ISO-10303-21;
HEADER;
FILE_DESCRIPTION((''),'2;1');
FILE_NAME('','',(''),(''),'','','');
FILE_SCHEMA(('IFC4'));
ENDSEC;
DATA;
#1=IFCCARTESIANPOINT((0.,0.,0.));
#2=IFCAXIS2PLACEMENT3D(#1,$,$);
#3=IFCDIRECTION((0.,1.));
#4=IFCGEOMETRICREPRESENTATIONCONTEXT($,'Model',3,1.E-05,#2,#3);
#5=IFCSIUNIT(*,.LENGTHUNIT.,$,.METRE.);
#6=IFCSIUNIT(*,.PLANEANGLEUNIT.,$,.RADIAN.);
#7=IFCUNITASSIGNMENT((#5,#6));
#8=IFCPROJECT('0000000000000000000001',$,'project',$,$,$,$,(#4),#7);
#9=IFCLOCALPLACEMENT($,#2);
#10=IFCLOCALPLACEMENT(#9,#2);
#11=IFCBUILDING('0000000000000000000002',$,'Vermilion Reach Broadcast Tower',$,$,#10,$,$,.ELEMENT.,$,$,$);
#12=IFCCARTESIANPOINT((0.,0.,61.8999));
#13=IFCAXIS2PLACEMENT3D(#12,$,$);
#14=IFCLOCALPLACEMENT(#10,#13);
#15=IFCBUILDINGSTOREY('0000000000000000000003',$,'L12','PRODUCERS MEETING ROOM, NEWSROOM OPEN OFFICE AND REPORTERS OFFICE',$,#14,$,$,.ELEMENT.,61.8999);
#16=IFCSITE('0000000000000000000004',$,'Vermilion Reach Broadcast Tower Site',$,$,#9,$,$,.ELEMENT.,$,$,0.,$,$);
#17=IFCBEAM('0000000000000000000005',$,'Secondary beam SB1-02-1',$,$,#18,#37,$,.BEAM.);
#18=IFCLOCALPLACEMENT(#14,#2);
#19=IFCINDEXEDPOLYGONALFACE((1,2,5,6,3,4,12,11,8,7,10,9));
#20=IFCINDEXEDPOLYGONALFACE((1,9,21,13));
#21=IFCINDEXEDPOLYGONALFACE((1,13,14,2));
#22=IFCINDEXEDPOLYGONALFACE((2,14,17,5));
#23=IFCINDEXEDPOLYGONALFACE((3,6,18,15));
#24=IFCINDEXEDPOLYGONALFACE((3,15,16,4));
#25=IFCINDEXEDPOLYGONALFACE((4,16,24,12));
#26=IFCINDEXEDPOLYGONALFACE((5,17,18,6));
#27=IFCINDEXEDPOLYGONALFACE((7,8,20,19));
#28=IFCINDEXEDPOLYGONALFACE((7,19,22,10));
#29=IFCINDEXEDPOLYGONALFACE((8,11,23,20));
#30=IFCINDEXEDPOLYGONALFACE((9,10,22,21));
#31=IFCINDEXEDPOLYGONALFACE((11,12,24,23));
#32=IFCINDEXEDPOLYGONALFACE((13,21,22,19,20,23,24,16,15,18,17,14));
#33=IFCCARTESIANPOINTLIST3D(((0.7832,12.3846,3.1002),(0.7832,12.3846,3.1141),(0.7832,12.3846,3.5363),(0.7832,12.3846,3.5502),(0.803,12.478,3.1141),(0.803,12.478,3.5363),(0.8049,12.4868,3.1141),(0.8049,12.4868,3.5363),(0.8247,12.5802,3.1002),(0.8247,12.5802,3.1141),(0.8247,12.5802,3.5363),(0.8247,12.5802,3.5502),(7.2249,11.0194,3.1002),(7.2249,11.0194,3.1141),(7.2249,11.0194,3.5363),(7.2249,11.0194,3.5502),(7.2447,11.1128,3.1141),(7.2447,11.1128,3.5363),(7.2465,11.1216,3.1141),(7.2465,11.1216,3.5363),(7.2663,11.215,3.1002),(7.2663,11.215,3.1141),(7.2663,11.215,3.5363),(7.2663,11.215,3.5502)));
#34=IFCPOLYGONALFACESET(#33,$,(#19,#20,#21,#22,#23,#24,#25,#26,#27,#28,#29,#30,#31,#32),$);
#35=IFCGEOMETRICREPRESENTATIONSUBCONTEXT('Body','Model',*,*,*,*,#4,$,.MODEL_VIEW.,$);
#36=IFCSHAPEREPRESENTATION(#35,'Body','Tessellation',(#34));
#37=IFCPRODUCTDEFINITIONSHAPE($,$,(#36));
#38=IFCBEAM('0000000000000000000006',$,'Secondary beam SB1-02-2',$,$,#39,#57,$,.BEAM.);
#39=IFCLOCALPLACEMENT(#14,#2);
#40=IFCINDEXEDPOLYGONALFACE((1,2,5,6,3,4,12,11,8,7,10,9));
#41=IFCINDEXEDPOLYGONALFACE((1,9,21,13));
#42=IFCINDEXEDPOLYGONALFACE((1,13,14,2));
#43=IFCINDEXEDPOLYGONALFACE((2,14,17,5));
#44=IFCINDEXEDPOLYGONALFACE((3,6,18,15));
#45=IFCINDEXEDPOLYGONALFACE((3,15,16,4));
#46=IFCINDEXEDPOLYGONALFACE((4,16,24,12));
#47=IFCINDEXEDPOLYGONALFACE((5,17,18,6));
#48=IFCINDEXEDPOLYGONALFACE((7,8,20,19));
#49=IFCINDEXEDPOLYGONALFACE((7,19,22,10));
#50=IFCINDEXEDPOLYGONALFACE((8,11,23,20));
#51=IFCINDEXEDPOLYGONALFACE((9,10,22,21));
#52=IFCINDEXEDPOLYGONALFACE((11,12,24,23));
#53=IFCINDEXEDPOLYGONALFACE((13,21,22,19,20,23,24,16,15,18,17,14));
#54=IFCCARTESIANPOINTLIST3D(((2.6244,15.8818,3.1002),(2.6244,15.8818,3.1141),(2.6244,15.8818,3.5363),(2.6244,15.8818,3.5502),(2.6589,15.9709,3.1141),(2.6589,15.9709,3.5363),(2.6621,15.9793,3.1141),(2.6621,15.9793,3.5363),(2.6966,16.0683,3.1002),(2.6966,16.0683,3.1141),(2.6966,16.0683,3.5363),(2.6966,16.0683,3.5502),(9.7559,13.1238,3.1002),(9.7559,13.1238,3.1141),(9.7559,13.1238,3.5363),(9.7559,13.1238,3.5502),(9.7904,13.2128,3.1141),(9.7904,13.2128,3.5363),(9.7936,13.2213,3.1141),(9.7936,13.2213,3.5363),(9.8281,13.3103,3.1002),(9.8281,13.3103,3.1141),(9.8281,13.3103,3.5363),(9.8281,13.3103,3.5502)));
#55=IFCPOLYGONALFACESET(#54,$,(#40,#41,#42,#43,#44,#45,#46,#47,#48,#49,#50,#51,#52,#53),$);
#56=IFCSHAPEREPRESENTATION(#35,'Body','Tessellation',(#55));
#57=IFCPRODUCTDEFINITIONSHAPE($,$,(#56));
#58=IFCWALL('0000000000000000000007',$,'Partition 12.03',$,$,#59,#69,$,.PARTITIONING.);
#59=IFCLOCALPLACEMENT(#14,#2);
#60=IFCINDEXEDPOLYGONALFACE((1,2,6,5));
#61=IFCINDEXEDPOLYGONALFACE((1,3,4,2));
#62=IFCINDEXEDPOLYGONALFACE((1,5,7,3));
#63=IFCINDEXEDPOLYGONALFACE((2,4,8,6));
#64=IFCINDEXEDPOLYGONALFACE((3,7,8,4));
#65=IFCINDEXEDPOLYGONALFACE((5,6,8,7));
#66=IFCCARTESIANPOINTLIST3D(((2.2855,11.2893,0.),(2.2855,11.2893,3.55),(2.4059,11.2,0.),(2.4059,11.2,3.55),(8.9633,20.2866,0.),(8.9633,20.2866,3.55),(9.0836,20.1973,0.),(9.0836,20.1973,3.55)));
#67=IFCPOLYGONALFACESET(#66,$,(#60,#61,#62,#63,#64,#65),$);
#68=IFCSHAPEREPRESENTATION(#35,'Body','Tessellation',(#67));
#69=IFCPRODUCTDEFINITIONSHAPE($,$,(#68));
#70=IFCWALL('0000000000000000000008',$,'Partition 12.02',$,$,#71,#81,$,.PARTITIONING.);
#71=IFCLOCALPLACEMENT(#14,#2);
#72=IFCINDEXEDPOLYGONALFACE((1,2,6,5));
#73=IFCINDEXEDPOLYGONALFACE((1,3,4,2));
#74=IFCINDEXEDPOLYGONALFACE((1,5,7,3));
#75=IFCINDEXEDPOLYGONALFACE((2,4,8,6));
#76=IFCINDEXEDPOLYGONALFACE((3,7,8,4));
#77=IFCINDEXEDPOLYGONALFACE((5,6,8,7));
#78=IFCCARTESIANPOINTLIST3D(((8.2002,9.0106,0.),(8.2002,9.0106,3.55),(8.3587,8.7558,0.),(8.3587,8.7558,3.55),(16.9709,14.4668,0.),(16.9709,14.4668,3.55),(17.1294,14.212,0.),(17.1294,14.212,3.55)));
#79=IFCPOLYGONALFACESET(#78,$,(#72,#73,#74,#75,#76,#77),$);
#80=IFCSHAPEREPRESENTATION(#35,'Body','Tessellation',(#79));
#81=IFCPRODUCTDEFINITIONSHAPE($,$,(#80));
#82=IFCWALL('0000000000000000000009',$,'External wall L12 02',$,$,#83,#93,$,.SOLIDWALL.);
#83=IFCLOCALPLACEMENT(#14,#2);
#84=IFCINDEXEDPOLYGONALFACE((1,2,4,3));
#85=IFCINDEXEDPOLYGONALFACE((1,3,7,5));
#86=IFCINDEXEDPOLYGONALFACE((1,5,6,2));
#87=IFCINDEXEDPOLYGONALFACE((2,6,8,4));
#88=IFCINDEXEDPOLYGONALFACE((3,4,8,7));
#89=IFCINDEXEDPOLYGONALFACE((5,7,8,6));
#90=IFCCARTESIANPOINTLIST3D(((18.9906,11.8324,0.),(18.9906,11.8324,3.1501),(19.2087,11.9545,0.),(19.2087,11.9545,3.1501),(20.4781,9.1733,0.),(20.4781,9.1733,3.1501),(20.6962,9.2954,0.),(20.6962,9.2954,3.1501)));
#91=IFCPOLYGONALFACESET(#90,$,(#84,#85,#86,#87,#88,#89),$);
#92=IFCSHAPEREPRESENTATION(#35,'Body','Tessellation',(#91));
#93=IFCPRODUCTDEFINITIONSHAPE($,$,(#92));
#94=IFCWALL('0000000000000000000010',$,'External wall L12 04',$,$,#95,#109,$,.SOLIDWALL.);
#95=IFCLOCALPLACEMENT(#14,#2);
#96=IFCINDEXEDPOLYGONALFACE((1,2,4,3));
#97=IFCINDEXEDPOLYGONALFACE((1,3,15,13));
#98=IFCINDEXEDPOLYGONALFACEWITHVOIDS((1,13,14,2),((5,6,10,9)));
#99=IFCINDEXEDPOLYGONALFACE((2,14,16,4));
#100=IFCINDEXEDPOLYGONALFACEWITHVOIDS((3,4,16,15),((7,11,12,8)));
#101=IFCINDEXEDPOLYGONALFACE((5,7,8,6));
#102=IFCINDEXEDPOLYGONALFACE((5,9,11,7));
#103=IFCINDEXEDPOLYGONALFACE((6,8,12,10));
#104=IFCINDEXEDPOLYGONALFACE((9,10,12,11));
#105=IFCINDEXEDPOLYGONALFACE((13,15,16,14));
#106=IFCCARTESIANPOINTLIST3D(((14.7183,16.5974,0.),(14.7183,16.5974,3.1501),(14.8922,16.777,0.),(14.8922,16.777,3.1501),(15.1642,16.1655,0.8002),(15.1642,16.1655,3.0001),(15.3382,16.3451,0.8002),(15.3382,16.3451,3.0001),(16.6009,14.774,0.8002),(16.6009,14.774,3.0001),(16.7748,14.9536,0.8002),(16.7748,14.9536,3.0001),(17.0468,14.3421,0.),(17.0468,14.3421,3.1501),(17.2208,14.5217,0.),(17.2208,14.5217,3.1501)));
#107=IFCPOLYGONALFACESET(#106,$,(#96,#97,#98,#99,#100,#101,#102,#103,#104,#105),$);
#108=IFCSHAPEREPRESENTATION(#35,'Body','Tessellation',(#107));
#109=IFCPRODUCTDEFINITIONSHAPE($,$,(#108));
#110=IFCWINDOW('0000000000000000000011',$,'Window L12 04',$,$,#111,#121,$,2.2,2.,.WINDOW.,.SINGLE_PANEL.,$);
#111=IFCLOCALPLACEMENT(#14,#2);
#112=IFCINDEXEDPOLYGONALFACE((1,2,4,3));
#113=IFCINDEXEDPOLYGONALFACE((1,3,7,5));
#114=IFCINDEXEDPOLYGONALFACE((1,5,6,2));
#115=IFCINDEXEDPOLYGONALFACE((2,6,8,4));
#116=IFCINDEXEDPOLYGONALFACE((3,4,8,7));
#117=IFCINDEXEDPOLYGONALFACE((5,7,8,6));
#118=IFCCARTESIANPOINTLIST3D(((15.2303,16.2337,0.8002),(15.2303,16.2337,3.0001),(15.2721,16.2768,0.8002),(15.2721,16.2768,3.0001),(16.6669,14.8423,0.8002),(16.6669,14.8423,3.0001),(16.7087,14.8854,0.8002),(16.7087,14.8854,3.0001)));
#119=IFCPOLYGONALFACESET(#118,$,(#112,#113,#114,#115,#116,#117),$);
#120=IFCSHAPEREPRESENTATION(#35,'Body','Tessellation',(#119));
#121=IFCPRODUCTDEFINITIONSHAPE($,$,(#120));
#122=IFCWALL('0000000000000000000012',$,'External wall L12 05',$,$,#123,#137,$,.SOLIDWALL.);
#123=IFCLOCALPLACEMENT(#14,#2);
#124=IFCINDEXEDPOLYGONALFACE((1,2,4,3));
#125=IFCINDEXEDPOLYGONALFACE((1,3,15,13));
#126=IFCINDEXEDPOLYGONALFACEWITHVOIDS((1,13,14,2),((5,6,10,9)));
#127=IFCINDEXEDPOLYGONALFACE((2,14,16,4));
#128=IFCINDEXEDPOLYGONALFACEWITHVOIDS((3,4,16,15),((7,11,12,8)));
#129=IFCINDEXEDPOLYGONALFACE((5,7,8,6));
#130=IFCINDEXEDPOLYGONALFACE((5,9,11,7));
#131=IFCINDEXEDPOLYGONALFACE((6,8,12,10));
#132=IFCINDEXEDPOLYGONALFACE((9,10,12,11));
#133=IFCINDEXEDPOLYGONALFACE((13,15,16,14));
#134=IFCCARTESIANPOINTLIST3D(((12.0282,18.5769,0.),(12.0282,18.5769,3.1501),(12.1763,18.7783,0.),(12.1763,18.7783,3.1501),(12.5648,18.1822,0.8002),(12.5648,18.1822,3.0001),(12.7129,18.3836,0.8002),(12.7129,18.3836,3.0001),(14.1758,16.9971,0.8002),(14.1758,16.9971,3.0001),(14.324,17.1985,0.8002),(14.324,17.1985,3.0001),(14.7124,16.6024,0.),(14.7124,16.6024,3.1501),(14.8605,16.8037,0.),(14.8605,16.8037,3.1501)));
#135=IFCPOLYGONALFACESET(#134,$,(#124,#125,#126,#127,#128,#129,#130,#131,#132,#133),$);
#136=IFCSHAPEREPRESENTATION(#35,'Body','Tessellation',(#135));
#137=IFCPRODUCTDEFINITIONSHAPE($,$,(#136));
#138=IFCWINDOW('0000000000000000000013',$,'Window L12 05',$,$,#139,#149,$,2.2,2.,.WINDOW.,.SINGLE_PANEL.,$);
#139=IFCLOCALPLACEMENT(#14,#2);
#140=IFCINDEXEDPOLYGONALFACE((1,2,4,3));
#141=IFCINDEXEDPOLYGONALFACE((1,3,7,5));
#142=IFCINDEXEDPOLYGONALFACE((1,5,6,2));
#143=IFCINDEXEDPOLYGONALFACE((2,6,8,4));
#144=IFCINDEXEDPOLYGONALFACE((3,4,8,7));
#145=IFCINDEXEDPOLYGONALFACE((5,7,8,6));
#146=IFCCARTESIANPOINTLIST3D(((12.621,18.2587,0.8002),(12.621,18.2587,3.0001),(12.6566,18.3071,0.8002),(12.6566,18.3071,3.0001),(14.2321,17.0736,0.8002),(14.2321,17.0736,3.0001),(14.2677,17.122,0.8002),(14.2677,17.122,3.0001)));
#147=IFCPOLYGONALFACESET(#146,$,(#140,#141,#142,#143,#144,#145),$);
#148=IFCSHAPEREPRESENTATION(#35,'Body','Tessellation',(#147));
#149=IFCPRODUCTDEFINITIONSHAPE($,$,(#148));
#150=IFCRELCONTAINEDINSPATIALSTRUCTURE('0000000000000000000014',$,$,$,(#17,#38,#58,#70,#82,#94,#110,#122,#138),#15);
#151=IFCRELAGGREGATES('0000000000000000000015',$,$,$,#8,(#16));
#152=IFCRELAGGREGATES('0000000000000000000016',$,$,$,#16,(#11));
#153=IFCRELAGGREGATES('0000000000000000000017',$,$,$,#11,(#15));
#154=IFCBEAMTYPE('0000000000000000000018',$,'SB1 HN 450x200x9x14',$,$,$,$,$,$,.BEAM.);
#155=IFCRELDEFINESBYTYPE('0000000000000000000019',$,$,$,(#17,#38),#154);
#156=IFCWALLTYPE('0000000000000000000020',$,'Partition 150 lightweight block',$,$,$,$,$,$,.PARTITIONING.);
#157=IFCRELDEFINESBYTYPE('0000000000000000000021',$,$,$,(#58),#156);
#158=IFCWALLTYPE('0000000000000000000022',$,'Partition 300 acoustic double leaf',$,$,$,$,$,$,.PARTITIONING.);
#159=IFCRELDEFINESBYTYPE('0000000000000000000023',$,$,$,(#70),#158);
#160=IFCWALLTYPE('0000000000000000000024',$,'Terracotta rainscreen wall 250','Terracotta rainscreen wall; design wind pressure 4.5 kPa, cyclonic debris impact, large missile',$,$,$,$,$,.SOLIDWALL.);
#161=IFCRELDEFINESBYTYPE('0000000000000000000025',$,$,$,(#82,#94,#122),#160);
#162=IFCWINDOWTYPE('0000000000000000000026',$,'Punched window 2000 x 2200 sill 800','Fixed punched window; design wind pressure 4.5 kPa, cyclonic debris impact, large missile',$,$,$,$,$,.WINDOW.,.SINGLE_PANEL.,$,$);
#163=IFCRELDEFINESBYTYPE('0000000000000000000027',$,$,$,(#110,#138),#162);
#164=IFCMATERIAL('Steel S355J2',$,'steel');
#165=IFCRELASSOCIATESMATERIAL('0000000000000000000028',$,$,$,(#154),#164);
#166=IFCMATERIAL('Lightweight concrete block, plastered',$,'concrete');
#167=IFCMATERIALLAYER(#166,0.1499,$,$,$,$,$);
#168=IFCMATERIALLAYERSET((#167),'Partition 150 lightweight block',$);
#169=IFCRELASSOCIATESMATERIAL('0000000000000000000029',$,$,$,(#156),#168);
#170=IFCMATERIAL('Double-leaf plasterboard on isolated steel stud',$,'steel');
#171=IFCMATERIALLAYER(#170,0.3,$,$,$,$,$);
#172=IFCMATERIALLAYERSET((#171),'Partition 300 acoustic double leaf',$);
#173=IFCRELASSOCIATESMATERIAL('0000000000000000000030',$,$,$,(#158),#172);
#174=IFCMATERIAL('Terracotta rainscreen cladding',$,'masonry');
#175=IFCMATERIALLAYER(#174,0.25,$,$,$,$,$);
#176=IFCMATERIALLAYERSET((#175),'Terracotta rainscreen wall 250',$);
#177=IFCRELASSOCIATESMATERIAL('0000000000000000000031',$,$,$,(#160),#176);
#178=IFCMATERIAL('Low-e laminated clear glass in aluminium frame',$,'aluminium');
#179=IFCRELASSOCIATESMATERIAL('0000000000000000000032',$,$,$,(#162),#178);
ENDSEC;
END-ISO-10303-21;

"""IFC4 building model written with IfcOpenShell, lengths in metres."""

from ifc_helpers import new_model, si_unit, direction, frame, frame_2d, origin, origin_2d, place, context, subcontext, project, spatial, rectangle, i_section, extrude, material, layer, layer_set, material_profile, profile_set, type_object, element, fill, save


model = new_model("IFC4")

# Units and contexts
model_context = context("Model", 3, precision=1e-05, world=origin(), true_north=direction((0.0, 1.0)))
body_context = subcontext(model_context, "Body", "Model", "MODEL_VIEW")
ifc_project = project(units=[si_unit("LENGTHUNIT", "METRE"), si_unit("PLANEANGLEUNIT", "RADIAN")], contexts=[model_context])

# Site, building, storey
site_placement = place(None, origin())
site = spatial("IfcSite", under=ifc_project, at=site_placement, Name="Vermilion Reach Broadcast Tower Site", CompositionType="ELEMENT", RefElevation=0.0)
building_placement = place(site_placement, origin())
building = spatial("IfcBuilding", under=site, at=building_placement, Name="Vermilion Reach Broadcast Tower", CompositionType="ELEMENT")
storey_placement = place(building_placement, frame((0.0, 0.0, 61.8999)))
storey = spatial("IfcBuildingStorey", under=building, at=storey_placement, Name="L12", Description="PRODUCERS MEETING ROOM, NEWSROOM OPEN OFFICE AND REPORTERS OFFICE", CompositionType="ELEMENT", Elevation=61.8999)

# Beams
ifc_material_1 = material(Name="Steel S355J2", Category="steel")
ifc_material_profile_1 = material_profile(ifc_material_1, i_section(OverallWidth=0.2, OverallDepth=0.45, WebThickness=0.009, FlangeThickness=0.0139, at=origin_2d()), Name="S355J2 HN 450x200x9x14")
ifc_profile_set_1 = profile_set([ifc_material_profile_1], Name="Steel S355J2")
beam_type_1 = type_object("IfcBeamType", Name="SB1 HN 450x200x9x14", PredefinedType="BEAM", material=ifc_profile_set_1)
beam_1_placement = place(storey_placement, frame((7.2456, 11.1172, 3.3252), z_axis=(-0.97827, 0.207333, 0.0), x_axis=(-0.207333, -0.97827, 0.0)))
element("IfcBeam", 1, at=beam_1_placement, inside=storey, type_object=beam_type_1, Name="Secondary beam SB1-02-1", PredefinedType="BEAM", context=body_context, shape_type="SweptSolid", body=[
    extrude(i_section(OverallWidth=0.2, OverallDepth=0.45, WebThickness=0.009, FlangeThickness=0.0139, at=origin_2d()), origin(), (0.0, 0.0, 1.0), 6.5847),
])
beam_2_placement = place(storey_placement, frame((9.792, 13.217, 3.3252), z_axis=(-0.932681, 0.360703, 0.0), x_axis=(-0.360703, -0.932681, 0.0)))
element("IfcBeam", 2, at=beam_2_placement, inside=storey, type_object=beam_type_1, Name="Secondary beam SB1-02-2", PredefinedType="BEAM", context=body_context, shape_type="SweptSolid", body=[
    extrude(i_section(OverallWidth=0.2, OverallDepth=0.45, WebThickness=0.009, FlangeThickness=0.0139, at=origin_2d()), origin(), (0.0, 0.0, 1.0), 7.6462),
])

# Walls
ifc_material_2 = material(Name="Lightweight concrete block, plastered", Category="concrete")
ifc_layer_1 = layer(ifc_material_2, 0.1499)
ifc_layer_set_1 = layer_set([ifc_layer_1], Name="Partition 150 lightweight block")
wall_type_1 = type_object("IfcWallType", Name="Partition 150 lightweight block", PredefinedType="PARTITIONING", material=ifc_layer_set_1)
wall_1_placement = place(storey_placement, frame((9.0234, 20.2419, 0.0), z_axis=(0.0, 0.0, 1.0), x_axis=(-0.59598, -0.802999, 0.0)))
element("IfcWall", 3, at=wall_1_placement, inside=storey, type_object=wall_type_1, Name="Partition 12.03", PredefinedType="PARTITIONING", context=body_context, shape_type="SweptSolid", body=[
    extrude(rectangle(XDim=11.2046, YDim=0.1499, at=frame_2d((5.6023, 0.0))), origin(), (0.0, 0.0, 1.0), 3.55),
])
ifc_material_3 = material(Name="Double-leaf plasterboard on isolated steel stud", Category="steel")
ifc_layer_2 = layer(ifc_material_3, 0.3)
ifc_layer_set_2 = layer_set([ifc_layer_2], Name="Partition 300 acoustic double leaf")
wall_type_2 = type_object("IfcWallType", Name="Partition 300 acoustic double leaf", PredefinedType="PARTITIONING", material=ifc_layer_set_2)
wall_2_placement = place(storey_placement, frame((17.05, 14.3394, 0.0), z_axis=(0.0, 0.0, 1.0), x_axis=(-0.849103, -0.528228, 0.0)))
element("IfcWall", 4, at=wall_2_placement, inside=storey, type_object=wall_type_2, Name="Partition 12.02", PredefinedType="PARTITIONING", context=body_context, shape_type="SweptSolid", body=[
    extrude(rectangle(XDim=10.3293, YDim=0.3, at=frame_2d((5.1646, 0.0))), origin(), (0.0, 0.0, 1.0), 3.55),
])
ifc_material_4 = material(Name="Terracotta rainscreen cladding", Category="masonry")
ifc_layer_3 = layer(ifc_material_4, 0.25)
ifc_layer_set_3 = layer_set([ifc_layer_3], Name="Terracotta rainscreen wall 250")
wall_type_3 = type_object("IfcWallType", Name="Terracotta rainscreen wall 250", Description="Terracotta rainscreen wall; design wind pressure 4.5 kPa, cyclonic debris impact, large missile", PredefinedType="SOLIDWALL", material=ifc_layer_set_3)
wall_3_placement = place(storey_placement, frame((20.5872, 9.2344, 0.0), z_axis=(0.0, 0.0, 1.0), x_axis=(-0.488206, 0.872729, 0.0)))
element("IfcWall", 5, at=wall_3_placement, inside=storey, type_object=wall_type_3, Name="External wall L12 02", PredefinedType="SOLIDWALL", context=body_context, shape_type="SweptSolid", body=[
    extrude(rectangle(XDim=3.0469, YDim=0.25, at=frame_2d((1.5234, 0.0))), origin(), (0.0, 0.0, 1.0), 3.1501),
])

# Walls, openings, windows
wall_4_placement = place(storey_placement, frame((17.1338, 14.4319, 0.0), z_axis=(0.0, 0.0, 1.0), x_axis=(-0.718313, 0.69572, 0.0)))
wall_4 = element("IfcWall", 6, at=wall_4_placement, inside=storey, type_object=wall_type_3, Name="External wall L12 04", PredefinedType="SOLIDWALL", context=body_context, shape_type="SweptSolid", body=[
    extrude(rectangle(XDim=3.2417, YDim=0.25, at=frame_2d((1.6208, 0.0))), origin(), (0.0, 0.0, 1.0), 3.1501),
])
opening_1_placement = place(wall_4_placement, frame((0.6208, 0.0, 0.8)))
opening_1 = element("IfcOpeningElement", 7, at=opening_1_placement, cuts=wall_4, PredefinedType="OPENING", context=body_context, shape_type="SweptSolid", body=[
    extrude(rectangle(XDim=2.0, YDim=2.2, at=frame_2d((1.0, 1.1001))), frame((0.0, 0.135, 0.0), z_axis=(0.0, -1.0, 0.0), x_axis=(1.0, 0.0, 0.0)), (0.0, 0.0, 1.0), 0.27),
])
ifc_material_5 = material(Name="Low-e laminated clear glass in aluminium frame", Category="aluminium")
window_type = type_object("IfcWindowType", Name="Punched window 2000 x 2200 sill 800", Description="Fixed punched window; design wind pressure 4.5 kPa, cyclonic debris impact, large missile", PartitioningType="SINGLE_PANEL", PredefinedType="WINDOW", material=ifc_material_5)
window_1_placement = place(opening_1_placement, origin())
window_1 = element("IfcWindow", 8, at=window_1_placement, inside=storey, type_object=window_type, Name="Window L12 04", OverallHeight=2.2, OverallWidth=2.0, PartitioningType="SINGLE_PANEL", PredefinedType="WINDOW", context=body_context, shape_type="SweptSolid", body=[
    extrude(rectangle(XDim=2.0, YDim=2.2, at=frame_2d((1.0, 1.1001))), frame((0.0, 0.03, 0.0), z_axis=(0.0, -1.0, 0.0), x_axis=(1.0, 0.0, 0.0)), (0.0, 0.0, 1.0), 0.0601),
])
fill(opening_1, window_1)
wall_5_placement = place(storey_placement, frame((14.7864, 16.7031, 0.0), z_axis=(0.0, 0.0, 1.0), x_axis=(-0.805531, 0.592554, 0.0)))
wall_5 = element("IfcWall", 9, at=wall_5_placement, inside=storey, type_object=wall_type_3, Name="External wall L12 05", PredefinedType="SOLIDWALL", context=body_context, shape_type="SweptSolid", body=[
    extrude(rectangle(XDim=3.3323, YDim=0.25, at=frame_2d((1.666, 0.0))), origin(), (0.0, 0.0, 1.0), 3.1501),
])
opening_2_placement = place(wall_5_placement, frame((0.666, 0.0, 0.8)))
opening_2 = element("IfcOpeningElement", 10, at=opening_2_placement, cuts=wall_5, PredefinedType="OPENING", context=body_context, shape_type="SweptSolid", body=[
    extrude(rectangle(XDim=2.0, YDim=2.2, at=frame_2d((1.0, 1.1001))), frame((0.0, 0.135, 0.0), z_axis=(0.0, -1.0, 0.0), x_axis=(1.0, 0.0, 0.0)), (0.0, 0.0, 1.0), 0.27),
])
window_2_placement = place(opening_2_placement, origin())
window_2 = element("IfcWindow", 11, at=window_2_placement, inside=storey, type_object=window_type, Name="Window L12 05", OverallHeight=2.2, OverallWidth=2.0, PartitioningType="SINGLE_PANEL", PredefinedType="WINDOW", context=body_context, shape_type="SweptSolid", body=[
    extrude(rectangle(XDim=2.0, YDim=2.2, at=frame_2d((1.0, 1.1001))), frame((0.0, 0.03, 0.0), z_axis=(0.0, -1.0, 0.0), x_axis=(1.0, 0.0, 0.0)), (0.0, 0.0, 1.0), 0.0601),
])
fill(opening_2, window_2)

save(model, "model.ifc")
